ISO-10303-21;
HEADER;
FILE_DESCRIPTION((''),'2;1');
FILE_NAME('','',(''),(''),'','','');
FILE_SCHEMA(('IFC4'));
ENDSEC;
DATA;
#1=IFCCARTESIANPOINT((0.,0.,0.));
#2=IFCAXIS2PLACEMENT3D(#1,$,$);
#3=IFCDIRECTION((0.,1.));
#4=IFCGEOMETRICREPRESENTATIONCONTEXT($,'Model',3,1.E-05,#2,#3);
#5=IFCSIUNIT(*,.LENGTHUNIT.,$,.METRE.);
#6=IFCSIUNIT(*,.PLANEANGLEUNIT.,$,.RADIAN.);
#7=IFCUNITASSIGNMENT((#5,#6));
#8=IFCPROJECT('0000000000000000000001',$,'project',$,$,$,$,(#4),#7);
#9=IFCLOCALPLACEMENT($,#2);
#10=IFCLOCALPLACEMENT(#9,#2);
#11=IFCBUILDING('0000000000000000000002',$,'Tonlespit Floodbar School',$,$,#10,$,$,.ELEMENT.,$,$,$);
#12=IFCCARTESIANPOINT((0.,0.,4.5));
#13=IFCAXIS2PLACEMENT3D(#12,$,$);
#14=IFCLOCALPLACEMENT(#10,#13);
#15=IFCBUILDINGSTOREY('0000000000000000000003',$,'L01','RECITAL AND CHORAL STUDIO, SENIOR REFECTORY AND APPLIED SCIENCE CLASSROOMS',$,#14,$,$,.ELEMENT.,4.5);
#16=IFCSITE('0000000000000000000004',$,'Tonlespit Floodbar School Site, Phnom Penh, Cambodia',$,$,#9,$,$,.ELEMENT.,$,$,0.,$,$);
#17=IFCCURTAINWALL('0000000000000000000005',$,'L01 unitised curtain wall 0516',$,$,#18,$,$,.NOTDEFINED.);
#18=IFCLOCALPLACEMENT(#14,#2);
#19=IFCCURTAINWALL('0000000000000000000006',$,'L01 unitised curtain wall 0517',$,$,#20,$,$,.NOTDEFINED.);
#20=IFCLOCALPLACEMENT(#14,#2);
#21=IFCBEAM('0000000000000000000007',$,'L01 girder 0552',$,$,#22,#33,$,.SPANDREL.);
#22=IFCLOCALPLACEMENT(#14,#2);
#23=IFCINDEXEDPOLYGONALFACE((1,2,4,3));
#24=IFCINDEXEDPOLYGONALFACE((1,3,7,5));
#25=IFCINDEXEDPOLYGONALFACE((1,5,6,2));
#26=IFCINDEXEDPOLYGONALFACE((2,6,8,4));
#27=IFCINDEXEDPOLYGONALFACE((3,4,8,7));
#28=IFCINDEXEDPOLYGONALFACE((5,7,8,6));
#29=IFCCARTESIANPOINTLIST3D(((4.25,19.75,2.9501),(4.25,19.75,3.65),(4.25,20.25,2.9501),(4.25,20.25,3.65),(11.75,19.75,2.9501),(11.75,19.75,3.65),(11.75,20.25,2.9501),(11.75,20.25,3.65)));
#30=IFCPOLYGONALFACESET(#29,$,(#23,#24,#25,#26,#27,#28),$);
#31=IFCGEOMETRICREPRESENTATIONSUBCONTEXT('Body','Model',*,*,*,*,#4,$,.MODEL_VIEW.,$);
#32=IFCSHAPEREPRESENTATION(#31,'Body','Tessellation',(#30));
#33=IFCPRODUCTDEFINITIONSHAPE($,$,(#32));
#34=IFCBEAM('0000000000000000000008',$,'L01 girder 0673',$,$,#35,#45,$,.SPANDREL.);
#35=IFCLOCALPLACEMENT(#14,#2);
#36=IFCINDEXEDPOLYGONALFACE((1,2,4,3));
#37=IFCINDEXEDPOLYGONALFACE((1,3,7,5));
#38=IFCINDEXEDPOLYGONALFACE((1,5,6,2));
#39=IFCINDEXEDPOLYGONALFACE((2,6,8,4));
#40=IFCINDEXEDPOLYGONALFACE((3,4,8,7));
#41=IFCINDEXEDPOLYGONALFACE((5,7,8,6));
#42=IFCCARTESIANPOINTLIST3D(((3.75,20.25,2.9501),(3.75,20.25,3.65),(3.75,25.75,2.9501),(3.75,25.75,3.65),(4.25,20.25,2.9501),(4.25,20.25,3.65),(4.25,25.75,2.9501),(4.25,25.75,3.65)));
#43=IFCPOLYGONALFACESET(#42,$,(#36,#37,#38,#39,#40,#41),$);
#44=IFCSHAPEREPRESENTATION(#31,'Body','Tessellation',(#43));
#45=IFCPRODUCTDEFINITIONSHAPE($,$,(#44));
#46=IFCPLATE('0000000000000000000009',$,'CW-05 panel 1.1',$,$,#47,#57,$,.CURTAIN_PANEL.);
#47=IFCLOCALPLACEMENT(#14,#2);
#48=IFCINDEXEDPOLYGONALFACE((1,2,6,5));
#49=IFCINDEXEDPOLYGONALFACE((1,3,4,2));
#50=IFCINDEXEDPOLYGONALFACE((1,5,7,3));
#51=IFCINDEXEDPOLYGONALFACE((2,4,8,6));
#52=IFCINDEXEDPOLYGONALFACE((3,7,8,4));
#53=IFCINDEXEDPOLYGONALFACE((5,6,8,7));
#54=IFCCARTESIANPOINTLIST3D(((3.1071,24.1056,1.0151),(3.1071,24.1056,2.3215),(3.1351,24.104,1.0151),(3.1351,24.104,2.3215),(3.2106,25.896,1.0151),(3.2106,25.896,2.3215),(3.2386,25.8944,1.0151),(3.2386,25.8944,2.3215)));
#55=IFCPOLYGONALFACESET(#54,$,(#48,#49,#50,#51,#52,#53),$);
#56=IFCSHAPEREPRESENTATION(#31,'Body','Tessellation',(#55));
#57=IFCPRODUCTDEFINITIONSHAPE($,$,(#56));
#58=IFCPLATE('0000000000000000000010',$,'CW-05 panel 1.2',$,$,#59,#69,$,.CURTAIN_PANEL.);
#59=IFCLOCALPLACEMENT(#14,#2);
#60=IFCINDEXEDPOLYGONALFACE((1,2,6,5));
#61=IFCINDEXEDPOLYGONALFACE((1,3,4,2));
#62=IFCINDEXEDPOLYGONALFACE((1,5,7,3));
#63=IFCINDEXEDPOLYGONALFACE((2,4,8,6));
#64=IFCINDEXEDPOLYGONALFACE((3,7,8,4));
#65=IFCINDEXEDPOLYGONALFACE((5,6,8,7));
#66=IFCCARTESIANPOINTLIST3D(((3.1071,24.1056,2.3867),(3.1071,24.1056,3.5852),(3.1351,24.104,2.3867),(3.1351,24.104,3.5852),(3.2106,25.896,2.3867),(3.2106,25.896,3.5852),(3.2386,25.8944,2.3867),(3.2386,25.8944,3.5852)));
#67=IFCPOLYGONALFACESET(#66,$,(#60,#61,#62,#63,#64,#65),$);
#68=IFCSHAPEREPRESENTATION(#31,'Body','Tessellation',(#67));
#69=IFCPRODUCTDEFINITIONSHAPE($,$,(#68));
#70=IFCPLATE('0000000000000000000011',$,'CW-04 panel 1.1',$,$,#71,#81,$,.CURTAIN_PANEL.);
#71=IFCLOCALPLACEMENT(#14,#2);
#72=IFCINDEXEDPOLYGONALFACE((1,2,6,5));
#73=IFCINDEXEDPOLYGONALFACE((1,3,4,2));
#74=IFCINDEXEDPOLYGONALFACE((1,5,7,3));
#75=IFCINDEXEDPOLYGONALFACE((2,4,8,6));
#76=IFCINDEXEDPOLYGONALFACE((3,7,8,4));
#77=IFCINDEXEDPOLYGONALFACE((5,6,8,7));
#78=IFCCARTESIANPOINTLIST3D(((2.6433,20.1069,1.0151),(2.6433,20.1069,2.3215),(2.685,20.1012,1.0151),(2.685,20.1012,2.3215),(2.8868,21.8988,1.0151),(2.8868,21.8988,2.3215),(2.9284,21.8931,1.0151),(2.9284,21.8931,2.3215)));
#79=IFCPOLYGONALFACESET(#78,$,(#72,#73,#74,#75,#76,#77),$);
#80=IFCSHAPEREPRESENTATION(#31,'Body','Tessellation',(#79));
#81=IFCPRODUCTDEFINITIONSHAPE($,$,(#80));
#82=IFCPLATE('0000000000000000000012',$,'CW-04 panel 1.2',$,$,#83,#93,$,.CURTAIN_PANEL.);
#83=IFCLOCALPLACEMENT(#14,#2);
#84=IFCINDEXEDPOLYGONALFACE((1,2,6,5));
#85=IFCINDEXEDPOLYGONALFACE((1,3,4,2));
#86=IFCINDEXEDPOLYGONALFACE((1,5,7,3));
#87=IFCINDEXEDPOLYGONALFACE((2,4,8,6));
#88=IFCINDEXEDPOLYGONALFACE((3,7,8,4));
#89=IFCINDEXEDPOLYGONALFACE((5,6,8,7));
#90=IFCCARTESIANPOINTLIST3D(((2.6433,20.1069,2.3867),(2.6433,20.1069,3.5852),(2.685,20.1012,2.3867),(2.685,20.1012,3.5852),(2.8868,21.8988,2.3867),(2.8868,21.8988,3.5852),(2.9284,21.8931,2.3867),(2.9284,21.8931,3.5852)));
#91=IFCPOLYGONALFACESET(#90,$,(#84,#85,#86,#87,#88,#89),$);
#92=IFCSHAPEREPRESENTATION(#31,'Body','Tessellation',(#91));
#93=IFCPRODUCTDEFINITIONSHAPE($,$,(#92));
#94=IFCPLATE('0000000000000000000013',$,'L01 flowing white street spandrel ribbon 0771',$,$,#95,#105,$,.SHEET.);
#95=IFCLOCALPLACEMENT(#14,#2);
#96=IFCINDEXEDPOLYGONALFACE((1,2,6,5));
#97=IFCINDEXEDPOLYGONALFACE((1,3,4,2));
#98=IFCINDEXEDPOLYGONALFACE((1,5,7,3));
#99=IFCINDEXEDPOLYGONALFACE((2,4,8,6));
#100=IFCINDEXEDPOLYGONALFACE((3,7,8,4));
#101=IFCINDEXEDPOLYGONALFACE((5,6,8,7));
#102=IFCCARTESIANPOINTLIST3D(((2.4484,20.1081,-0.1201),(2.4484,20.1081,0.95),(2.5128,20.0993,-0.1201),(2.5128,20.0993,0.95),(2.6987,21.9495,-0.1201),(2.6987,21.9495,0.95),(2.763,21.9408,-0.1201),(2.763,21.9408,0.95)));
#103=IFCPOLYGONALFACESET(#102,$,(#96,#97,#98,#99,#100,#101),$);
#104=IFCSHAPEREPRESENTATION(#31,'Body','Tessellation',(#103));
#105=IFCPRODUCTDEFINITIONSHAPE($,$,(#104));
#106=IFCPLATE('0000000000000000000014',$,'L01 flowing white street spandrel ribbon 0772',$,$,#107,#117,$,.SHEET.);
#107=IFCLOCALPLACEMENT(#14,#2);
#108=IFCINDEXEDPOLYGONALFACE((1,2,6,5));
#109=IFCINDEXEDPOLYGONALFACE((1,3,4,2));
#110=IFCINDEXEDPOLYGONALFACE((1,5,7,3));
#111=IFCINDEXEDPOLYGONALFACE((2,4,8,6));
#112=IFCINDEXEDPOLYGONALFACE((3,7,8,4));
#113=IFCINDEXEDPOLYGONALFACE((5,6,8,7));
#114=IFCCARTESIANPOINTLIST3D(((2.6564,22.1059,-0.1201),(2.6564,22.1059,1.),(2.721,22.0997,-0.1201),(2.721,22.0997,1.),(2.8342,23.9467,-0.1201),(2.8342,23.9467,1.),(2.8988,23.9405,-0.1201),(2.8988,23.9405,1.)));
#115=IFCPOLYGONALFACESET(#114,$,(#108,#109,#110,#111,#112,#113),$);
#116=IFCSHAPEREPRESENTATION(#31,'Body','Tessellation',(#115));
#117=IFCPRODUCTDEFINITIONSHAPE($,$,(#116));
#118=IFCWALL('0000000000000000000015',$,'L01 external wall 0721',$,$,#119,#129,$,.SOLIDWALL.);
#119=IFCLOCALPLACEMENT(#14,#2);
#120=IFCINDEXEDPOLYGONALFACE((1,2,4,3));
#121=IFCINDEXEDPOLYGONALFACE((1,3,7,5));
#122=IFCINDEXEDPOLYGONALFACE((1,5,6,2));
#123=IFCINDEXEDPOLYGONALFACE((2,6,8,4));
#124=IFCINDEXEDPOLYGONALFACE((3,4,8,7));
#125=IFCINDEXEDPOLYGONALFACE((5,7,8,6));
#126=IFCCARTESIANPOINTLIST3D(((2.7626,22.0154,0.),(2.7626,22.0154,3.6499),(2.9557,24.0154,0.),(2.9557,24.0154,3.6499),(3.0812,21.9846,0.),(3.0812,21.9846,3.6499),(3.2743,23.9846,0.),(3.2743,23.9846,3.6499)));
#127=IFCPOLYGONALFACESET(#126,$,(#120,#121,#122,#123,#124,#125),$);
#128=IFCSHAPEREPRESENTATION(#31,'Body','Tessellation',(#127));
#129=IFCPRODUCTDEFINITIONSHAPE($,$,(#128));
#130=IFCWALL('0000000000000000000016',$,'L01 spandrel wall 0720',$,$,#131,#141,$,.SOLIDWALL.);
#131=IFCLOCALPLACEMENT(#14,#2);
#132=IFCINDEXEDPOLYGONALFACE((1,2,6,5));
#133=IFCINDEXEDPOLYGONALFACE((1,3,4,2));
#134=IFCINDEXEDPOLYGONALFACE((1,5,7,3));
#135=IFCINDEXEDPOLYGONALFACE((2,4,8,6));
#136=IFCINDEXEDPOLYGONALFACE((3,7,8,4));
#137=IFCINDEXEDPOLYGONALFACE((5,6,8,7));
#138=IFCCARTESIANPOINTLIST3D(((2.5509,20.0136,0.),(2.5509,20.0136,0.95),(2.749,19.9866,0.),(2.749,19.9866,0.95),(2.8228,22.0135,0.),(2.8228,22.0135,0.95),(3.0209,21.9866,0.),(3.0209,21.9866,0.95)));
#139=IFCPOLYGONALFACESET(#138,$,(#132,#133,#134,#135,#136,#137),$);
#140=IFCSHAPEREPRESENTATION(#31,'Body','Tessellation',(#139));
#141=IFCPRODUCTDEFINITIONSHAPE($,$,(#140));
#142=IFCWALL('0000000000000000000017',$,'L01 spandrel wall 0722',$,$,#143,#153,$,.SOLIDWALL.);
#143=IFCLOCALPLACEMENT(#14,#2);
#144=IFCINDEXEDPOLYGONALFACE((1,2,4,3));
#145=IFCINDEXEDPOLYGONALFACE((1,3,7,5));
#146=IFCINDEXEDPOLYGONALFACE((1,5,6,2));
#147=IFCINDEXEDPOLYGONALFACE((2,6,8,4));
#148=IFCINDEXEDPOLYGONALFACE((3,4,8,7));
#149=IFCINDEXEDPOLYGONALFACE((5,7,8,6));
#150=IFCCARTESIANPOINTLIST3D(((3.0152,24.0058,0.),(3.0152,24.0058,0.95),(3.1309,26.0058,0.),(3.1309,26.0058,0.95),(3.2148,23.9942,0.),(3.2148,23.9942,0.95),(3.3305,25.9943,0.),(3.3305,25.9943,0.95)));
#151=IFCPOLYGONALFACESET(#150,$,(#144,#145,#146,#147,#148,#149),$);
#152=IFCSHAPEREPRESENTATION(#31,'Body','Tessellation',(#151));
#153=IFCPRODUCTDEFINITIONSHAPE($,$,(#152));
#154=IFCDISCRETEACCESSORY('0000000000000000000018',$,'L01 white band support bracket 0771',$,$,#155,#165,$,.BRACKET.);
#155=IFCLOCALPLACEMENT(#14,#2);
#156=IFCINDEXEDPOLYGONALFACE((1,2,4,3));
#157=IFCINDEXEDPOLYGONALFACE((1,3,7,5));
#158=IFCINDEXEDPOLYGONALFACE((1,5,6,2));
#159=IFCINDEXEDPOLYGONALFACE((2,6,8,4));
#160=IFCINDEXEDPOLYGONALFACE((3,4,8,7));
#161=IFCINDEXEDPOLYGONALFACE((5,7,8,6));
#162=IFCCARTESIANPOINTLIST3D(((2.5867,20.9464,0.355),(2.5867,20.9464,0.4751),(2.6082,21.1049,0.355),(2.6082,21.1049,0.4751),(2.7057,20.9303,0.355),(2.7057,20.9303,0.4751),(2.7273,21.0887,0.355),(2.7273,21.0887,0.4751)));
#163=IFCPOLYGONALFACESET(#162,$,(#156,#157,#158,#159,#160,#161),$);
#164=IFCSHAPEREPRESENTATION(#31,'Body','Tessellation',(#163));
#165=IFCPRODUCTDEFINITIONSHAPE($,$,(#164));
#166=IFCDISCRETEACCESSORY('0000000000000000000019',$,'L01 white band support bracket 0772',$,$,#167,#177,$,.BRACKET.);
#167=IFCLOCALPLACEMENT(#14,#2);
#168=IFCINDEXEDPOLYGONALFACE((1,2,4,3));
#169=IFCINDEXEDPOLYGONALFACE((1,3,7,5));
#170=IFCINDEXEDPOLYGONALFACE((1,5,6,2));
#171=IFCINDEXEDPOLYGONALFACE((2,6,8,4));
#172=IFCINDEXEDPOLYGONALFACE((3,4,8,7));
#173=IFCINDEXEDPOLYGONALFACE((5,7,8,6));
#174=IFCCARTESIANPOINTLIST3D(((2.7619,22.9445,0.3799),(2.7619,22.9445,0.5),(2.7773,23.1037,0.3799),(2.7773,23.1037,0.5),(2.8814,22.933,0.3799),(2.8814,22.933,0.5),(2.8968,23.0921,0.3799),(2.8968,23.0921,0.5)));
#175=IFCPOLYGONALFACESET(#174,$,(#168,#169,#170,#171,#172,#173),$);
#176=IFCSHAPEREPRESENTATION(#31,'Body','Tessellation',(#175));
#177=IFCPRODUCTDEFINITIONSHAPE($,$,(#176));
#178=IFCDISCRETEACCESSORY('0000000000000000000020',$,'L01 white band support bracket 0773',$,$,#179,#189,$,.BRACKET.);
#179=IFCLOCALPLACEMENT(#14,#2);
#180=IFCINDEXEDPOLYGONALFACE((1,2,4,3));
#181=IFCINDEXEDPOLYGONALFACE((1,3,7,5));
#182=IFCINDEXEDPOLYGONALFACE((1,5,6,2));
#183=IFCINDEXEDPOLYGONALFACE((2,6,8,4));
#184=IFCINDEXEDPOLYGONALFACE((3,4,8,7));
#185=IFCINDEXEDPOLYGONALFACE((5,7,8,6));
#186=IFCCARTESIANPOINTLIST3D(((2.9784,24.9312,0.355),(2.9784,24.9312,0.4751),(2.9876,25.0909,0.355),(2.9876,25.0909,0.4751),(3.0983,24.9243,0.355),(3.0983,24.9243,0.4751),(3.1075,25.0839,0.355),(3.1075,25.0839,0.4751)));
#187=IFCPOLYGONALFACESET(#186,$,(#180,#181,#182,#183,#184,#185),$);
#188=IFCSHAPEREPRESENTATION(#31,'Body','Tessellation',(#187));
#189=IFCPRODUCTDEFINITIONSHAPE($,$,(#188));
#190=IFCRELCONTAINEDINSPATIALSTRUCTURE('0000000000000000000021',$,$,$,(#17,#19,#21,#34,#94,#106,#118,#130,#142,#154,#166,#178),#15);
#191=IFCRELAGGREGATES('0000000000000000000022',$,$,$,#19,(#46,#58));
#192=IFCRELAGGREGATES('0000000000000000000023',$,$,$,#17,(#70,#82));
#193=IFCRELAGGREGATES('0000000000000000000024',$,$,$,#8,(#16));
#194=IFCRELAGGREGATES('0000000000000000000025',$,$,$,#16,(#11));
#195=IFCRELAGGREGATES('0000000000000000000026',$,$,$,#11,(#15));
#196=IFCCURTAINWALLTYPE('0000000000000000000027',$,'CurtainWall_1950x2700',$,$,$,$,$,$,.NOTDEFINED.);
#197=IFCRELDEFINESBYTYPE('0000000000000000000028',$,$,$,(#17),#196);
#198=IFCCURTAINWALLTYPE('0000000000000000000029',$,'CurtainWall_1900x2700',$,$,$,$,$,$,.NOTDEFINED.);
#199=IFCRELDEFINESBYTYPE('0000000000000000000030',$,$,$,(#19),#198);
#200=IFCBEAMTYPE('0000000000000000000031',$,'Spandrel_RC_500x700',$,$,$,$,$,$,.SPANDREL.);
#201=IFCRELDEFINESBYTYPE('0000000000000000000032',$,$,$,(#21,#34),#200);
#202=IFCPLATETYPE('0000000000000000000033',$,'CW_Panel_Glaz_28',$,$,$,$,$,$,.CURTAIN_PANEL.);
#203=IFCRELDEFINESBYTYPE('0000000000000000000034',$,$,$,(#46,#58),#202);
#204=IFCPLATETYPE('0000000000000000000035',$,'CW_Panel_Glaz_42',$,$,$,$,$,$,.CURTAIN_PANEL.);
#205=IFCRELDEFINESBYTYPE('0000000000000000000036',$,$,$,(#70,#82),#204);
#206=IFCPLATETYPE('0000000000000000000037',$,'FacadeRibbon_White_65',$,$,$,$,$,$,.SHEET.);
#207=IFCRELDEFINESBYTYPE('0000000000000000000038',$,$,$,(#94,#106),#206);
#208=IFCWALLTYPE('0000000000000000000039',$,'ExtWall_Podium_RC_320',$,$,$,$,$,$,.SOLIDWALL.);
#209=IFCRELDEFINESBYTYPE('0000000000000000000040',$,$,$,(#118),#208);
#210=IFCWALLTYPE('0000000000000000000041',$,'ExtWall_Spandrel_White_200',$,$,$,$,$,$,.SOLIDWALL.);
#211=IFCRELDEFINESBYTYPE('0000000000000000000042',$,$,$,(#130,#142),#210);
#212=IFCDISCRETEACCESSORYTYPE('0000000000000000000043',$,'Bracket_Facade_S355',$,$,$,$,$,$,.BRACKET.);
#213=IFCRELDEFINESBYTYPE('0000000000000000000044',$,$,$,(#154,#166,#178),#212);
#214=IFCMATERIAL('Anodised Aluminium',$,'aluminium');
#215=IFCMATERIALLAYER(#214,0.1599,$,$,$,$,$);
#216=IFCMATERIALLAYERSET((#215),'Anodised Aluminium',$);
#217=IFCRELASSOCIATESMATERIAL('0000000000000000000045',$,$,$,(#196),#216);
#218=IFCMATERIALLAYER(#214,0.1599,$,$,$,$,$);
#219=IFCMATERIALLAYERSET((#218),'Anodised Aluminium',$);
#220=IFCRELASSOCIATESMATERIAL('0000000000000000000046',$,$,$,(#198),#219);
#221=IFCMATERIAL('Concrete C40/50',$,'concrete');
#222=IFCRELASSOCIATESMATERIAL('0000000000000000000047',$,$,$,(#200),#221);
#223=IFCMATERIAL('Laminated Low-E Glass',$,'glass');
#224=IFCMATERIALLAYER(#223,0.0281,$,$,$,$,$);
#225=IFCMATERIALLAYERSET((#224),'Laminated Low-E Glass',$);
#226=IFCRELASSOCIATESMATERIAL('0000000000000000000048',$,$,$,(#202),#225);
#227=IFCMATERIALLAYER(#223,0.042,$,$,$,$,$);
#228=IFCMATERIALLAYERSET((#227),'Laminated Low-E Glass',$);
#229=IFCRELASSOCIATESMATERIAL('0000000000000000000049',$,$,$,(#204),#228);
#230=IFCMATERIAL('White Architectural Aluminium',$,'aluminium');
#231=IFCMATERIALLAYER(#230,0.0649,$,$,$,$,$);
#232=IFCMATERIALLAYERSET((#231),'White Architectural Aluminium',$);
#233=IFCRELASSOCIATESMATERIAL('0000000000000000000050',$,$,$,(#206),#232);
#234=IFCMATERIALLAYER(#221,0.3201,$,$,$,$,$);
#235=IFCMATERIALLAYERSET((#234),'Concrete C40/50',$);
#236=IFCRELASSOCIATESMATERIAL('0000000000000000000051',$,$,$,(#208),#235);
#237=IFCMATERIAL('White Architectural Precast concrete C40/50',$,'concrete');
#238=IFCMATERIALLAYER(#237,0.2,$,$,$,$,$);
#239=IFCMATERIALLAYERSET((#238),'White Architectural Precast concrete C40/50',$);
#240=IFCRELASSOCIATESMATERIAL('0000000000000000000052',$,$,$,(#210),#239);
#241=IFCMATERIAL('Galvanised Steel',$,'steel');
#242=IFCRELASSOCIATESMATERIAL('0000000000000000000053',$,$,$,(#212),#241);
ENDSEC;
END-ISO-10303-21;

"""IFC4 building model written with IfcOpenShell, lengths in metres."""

from ifc_helpers import new_model, si_unit, direction, frame, frame_2d, origin, origin_2d, place, context, subcontext, project, spatial, rectangle, extrude, material, layer, layer_set, material_profile, profile_set, type_object, element, aggregate, save


model = new_model("IFC4")

# Units and contexts
model_context = context("Model", 3, precision=1e-05, world=origin(), true_north=direction((0.0, 1.0)))
body_context = subcontext(model_context, "Body", "Model", "MODEL_VIEW")
ifc_project = project(units=[si_unit("LENGTHUNIT", "METRE"), si_unit("PLANEANGLEUNIT", "RADIAN")], contexts=[model_context])

# Site, building, storey
site_placement = place(None, origin())
site = spatial("IfcSite", under=ifc_project, at=site_placement, Name="Tonlespit Floodbar School Site, Phnom Penh, Cambodia", CompositionType="ELEMENT", RefElevation=0.0)
building_placement = place(site_placement, origin())
building = spatial("IfcBuilding", under=site, at=building_placement, Name="Tonlespit Floodbar School", CompositionType="ELEMENT")
storey_placement = place(building_placement, frame((0.0, 0.0, 4.5)))
storey = spatial("IfcBuildingStorey", under=building, at=storey_placement, Name="L01", Description="RECITAL AND CHORAL STUDIO, SENIOR REFECTORY AND APPLIED SCIENCE CLASSROOMS", CompositionType="ELEMENT", Elevation=4.5)

# Shared definitions
ifc_material_1 = material(Name="Concrete C40/50", Category="concrete")

# Curtain walls
ifc_material_2 = material(Name="Anodised Aluminium", Category="aluminium")
ifc_layer_1 = layer(ifc_material_2, 0.1599)
ifc_layer_set_1 = layer_set([ifc_layer_1], Name="Anodised Aluminium")
curtain_wall_type_1 = type_object("IfcCurtainWallType", Name="CurtainWall_1950x2700", PredefinedType="NOTDEFINED", material=ifc_layer_set_1)
curtain_wall_1_placement = place(storey_placement, origin())
curtain_wall_1 = element("IfcCurtainWall", 1, at=curtain_wall_1_placement, inside=storey, type_object=curtain_wall_type_1, Name="L01 unitised curtain wall 0516", PredefinedType="NOTDEFINED")
ifc_layer_2 = layer(ifc_material_2, 0.1599)
ifc_layer_set_2 = layer_set([ifc_layer_2], Name="Anodised Aluminium")
curtain_wall_type_2 = type_object("IfcCurtainWallType", Name="CurtainWall_1900x2700", PredefinedType="NOTDEFINED", material=ifc_layer_set_2)
curtain_wall_2_placement = place(storey_placement, origin())
curtain_wall_2 = element("IfcCurtainWall", 2, at=curtain_wall_2_placement, inside=storey, type_object=curtain_wall_type_2, Name="L01 unitised curtain wall 0517", PredefinedType="NOTDEFINED")

# Beams
ifc_material_profile_1 = material_profile(ifc_material_1, rectangle(XDim=0.5, YDim=0.7, at=origin_2d()), Name="RC 500x700")
ifc_profile_set_1 = profile_set([ifc_material_profile_1], Name="Concrete C40/50")
beam_type_1 = type_object("IfcBeamType", Name="Spandrel_RC_500x700", PredefinedType="SPANDREL", material=ifc_profile_set_1)
beam_1_placement = place(storey_placement, frame((4.25, 20.0, 3.3), z_axis=(1.0, 0.0, 0.0), x_axis=(0.0, 1.0, 0.0)))
element("IfcBeam", 3, at=beam_1_placement, inside=storey, type_object=beam_type_1, Name="L01 girder 0552", PredefinedType="SPANDREL", context=body_context, shape_type="SweptSolid", body=[
    extrude(rectangle(XDim=0.5, YDim=0.7, at=origin_2d()), origin(), (0.0, 0.0, 1.0), 7.5),
])
beam_2_placement = place(storey_placement, frame((4.0, 20.25, 3.3), z_axis=(0.0, 1.0, 0.0), x_axis=(-1.0, 0.0, 0.0)))
element("IfcBeam", 4, at=beam_2_placement, inside=storey, type_object=beam_type_1, Name="L01 girder 0673", PredefinedType="SPANDREL", context=body_context, shape_type="SweptSolid", body=[
    extrude(rectangle(XDim=0.5, YDim=0.7, at=origin_2d()), origin(), (0.0, 0.0, 1.0), 5.5),
])

# Plates
ifc_material_3 = material(Name="Laminated Low-E Glass", Category="glass")
ifc_layer_3 = layer(ifc_material_3, 0.0281)
ifc_layer_set_3 = layer_set([ifc_layer_3], Name="Laminated Low-E Glass")
plate_type_1 = type_object("IfcPlateType", Name="CW_Panel_Glaz_28", PredefinedType="CURTAIN_PANEL", material=ifc_layer_set_3)
plate_1_placement = place(storey_placement, frame((3.1729, 25.0, 1.0151), z_axis=(0.0, 0.0, 1.0), x_axis=(0.05771, 0.998333, 0.0)))
plate_1 = element("IfcPlate", 5, at=plate_1_placement, type_object=plate_type_1, Name="CW-05 panel 1.1", PredefinedType="CURTAIN_PANEL", context=body_context, shape_type="SweptSolid", body=[
    extrude(rectangle(XDim=1.7935, YDim=0.0281, at=origin_2d()), origin(), (0.0, 0.0, 1.0), 1.3064),
])
plate_2_placement = place(storey_placement, frame((3.1729, 25.0, 2.3867), z_axis=(0.0, 0.0, 1.0), x_axis=(0.05771, 0.998333, 0.0)))
plate_2 = element("IfcPlate", 6, at=plate_2_placement, type_object=plate_type_1, Name="CW-05 panel 1.2", PredefinedType="CURTAIN_PANEL", context=body_context, shape_type="SweptSolid", body=[
    extrude(rectangle(XDim=1.7935, YDim=0.0281, at=origin_2d()), origin(), (0.0, 0.0, 1.0), 1.1985),
])
aggregate(curtain_wall_2, [plate_1, plate_2])
ifc_layer_4 = layer(ifc_material_3, 0.042)
ifc_layer_set_4 = layer_set([ifc_layer_4], Name="Laminated Low-E Glass")
plate_type_2 = type_object("IfcPlateType", Name="CW_Panel_Glaz_42", PredefinedType="CURTAIN_PANEL", material=ifc_layer_set_4)
plate_3_placement = place(storey_placement, frame((2.7859, 21.0, 1.0151), z_axis=(0.0, 0.0, 1.0), x_axis=(0.134644, 0.990894, 0.0)))
plate_3 = element("IfcPlate", 7, at=plate_3_placement, type_object=plate_type_2, Name="CW-04 panel 1.1", PredefinedType="CURTAIN_PANEL", context=body_context, shape_type="SweptSolid", body=[
    extrude(rectangle(XDim=1.8083, YDim=0.042, at=origin_2d()), origin(), (0.0, 0.0, 1.0), 1.3064),
])
plate_4_placement = place(storey_placement, frame((2.7859, 21.0, 2.3867), z_axis=(0.0, 0.0, 1.0), x_axis=(0.134644, 0.990894, 0.0)))
plate_4 = element("IfcPlate", 8, at=plate_4_placement, type_object=plate_type_2, Name="CW-04 panel 1.2", PredefinedType="CURTAIN_PANEL", context=body_context, shape_type="SweptSolid", body=[
    extrude(rectangle(XDim=1.8083, YDim=0.042, at=origin_2d()), origin(), (0.0, 0.0, 1.0), 1.1985),
])
aggregate(curtain_wall_1, [plate_3, plate_4])

# Plates
ifc_material_4 = material(Name="White Architectural Aluminium", Category="aluminium")
ifc_layer_5 = layer(ifc_material_4, 0.0649)
ifc_layer_set_5 = layer_set([ifc_layer_5], Name="White Architectural Aluminium")
plate_type_3 = type_object("IfcPlateType", Name="FacadeRibbon_White_65", PredefinedType="SHEET", material=ifc_layer_set_5)
plate_5_placement = place(storey_placement, frame((2.6057, 21.0244, -0.1201), z_axis=(0.0, 0.0, 1.0), x_axis=(0.134662, 0.990892, 0.0)))
element("IfcPlate", 9, at=plate_5_placement, inside=storey, type_object=plate_type_3, Name="L01 flowing white street spandrel ribbon 0771", PredefinedType="SHEET", context=body_context, shape_type="SweptSolid", body=[
    extrude(rectangle(XDim=1.8584, YDim=0.0649, at=origin_2d()), origin(), (0.0, 0.0, 1.0), 1.0701),
])
plate_6_placement = place(storey_placement, frame((2.7776, 23.0232, -0.1201), z_axis=(0.0, 0.0, 1.0), x_axis=(0.096153, 0.995367, 0.0)))
element("IfcPlate", 10, at=plate_6_placement, inside=storey, type_object=plate_type_3, Name="L01 flowing white street spandrel ribbon 0772", PredefinedType="SHEET", context=body_context, shape_type="SweptSolid", body=[
    extrude(rectangle(XDim=1.8494, YDim=0.0649, at=origin_2d()), origin(), (0.0, 0.0, 1.0), 1.1201),
])

# Walls
ifc_layer_6 = layer(ifc_material_1, 0.3201)
ifc_layer_set_6 = layer_set([ifc_layer_6], Name="Concrete C40/50")
wall_type_1 = type_object("IfcWallType", Name="ExtWall_Podium_RC_320", PredefinedType="SOLIDWALL", material=ifc_layer_set_6)
wall_1_placement = place(storey_placement, frame((2.9219, 22.0, 0.0), z_axis=(0.0, 0.0, 1.0), x_axis=(0.096111, 0.995371, 0.0)))
element("IfcWall", 11, at=wall_1_placement, inside=storey, type_object=wall_type_1, Name="L01 external wall 0721", PredefinedType="SOLIDWALL", context=body_context, shape_type="SweptSolid", body=[
    extrude(rectangle(XDim=2.0093, YDim=0.3201, at=frame_2d((1.0046, 0.0))), origin(), (0.0, 0.0, 1.0), 3.6499),
])
ifc_material_5 = material(Name="White Architectural Precast concrete C40/50", Category="concrete")
ifc_layer_7 = layer(ifc_material_5, 0.2)
ifc_layer_set_7 = layer_set([ifc_layer_7], Name="White Architectural Precast concrete C40/50")
wall_type_2 = type_object("IfcWallType", Name="ExtWall_Spandrel_White_200", PredefinedType="SOLIDWALL", material=ifc_layer_set_7)
wall_2_placement = place(storey_placement, frame((2.6499, 20.0, 0.0), z_axis=(0.0, 0.0, 1.0), x_axis=(0.134746, 0.99088, 0.0)))
element("IfcWall", 12, at=wall_2_placement, inside=storey, type_object=wall_type_2, Name="L01 spandrel wall 0720", PredefinedType="SOLIDWALL", context=body_context, shape_type="SweptSolid", body=[
    extrude(rectangle(XDim=2.0183, YDim=0.2, at=frame_2d((1.0093, 0.0))), origin(), (0.0, 0.0, 1.0), 0.95),
])
wall_3_placement = place(storey_placement, frame((3.115, 24.0, 0.0), z_axis=(0.0, 0.0, 1.0), x_axis=(0.057765, 0.99833, 0.0)))
element("IfcWall", 13, at=wall_3_placement, inside=storey, type_object=wall_type_2, Name="L01 spandrel wall 0722", PredefinedType="SOLIDWALL", context=body_context, shape_type="SweptSolid", body=[
    extrude(rectangle(XDim=2.0034, YDim=0.2, at=frame_2d((1.0017, 0.0))), origin(), (0.0, 0.0, 1.0), 0.95),
])

# Discrete accessories
ifc_material_6 = material(Name="Galvanised Steel", Category="steel")
discrete_accessory_type = type_object("IfcDiscreteAccessoryType", Name="Bracket_Facade_S355", PredefinedType="BRACKET", material=ifc_material_6)
for number, where, z_axis, x_axis, name in (
    (14, (2.657, 21.0176, 0.355), (0.0, 0.0, 1.0), (0.134662, 0.990892, 0.0), "L01 white band support bracket 0771"),
    (15, (2.8293, 23.0183, 0.3799), (0.0, 0.0, 1.0), (0.096153, 0.995367, 0.0), "L01 white band support bracket 0772"),
    (16, (3.043, 25.0076, 0.355), (0.0, 0.0, 1.0), (0.057703, 0.998334, 0.0), "L01 white band support bracket 0773"),
):
    element("IfcDiscreteAccessory", number, at=place(storey_placement, frame(where, z_axis=z_axis, x_axis=x_axis)), inside=storey, type_object=discrete_accessory_type, Name=name, PredefinedType="BRACKET", context=body_context, shape_type="SweptSolid", body=[
        extrude(rectangle(XDim=0.1599, YDim=0.1201, at=origin_2d()), origin(), (0.0, 0.0, 1.0), 0.1201),
    ])

save(model, "model.ifc")
